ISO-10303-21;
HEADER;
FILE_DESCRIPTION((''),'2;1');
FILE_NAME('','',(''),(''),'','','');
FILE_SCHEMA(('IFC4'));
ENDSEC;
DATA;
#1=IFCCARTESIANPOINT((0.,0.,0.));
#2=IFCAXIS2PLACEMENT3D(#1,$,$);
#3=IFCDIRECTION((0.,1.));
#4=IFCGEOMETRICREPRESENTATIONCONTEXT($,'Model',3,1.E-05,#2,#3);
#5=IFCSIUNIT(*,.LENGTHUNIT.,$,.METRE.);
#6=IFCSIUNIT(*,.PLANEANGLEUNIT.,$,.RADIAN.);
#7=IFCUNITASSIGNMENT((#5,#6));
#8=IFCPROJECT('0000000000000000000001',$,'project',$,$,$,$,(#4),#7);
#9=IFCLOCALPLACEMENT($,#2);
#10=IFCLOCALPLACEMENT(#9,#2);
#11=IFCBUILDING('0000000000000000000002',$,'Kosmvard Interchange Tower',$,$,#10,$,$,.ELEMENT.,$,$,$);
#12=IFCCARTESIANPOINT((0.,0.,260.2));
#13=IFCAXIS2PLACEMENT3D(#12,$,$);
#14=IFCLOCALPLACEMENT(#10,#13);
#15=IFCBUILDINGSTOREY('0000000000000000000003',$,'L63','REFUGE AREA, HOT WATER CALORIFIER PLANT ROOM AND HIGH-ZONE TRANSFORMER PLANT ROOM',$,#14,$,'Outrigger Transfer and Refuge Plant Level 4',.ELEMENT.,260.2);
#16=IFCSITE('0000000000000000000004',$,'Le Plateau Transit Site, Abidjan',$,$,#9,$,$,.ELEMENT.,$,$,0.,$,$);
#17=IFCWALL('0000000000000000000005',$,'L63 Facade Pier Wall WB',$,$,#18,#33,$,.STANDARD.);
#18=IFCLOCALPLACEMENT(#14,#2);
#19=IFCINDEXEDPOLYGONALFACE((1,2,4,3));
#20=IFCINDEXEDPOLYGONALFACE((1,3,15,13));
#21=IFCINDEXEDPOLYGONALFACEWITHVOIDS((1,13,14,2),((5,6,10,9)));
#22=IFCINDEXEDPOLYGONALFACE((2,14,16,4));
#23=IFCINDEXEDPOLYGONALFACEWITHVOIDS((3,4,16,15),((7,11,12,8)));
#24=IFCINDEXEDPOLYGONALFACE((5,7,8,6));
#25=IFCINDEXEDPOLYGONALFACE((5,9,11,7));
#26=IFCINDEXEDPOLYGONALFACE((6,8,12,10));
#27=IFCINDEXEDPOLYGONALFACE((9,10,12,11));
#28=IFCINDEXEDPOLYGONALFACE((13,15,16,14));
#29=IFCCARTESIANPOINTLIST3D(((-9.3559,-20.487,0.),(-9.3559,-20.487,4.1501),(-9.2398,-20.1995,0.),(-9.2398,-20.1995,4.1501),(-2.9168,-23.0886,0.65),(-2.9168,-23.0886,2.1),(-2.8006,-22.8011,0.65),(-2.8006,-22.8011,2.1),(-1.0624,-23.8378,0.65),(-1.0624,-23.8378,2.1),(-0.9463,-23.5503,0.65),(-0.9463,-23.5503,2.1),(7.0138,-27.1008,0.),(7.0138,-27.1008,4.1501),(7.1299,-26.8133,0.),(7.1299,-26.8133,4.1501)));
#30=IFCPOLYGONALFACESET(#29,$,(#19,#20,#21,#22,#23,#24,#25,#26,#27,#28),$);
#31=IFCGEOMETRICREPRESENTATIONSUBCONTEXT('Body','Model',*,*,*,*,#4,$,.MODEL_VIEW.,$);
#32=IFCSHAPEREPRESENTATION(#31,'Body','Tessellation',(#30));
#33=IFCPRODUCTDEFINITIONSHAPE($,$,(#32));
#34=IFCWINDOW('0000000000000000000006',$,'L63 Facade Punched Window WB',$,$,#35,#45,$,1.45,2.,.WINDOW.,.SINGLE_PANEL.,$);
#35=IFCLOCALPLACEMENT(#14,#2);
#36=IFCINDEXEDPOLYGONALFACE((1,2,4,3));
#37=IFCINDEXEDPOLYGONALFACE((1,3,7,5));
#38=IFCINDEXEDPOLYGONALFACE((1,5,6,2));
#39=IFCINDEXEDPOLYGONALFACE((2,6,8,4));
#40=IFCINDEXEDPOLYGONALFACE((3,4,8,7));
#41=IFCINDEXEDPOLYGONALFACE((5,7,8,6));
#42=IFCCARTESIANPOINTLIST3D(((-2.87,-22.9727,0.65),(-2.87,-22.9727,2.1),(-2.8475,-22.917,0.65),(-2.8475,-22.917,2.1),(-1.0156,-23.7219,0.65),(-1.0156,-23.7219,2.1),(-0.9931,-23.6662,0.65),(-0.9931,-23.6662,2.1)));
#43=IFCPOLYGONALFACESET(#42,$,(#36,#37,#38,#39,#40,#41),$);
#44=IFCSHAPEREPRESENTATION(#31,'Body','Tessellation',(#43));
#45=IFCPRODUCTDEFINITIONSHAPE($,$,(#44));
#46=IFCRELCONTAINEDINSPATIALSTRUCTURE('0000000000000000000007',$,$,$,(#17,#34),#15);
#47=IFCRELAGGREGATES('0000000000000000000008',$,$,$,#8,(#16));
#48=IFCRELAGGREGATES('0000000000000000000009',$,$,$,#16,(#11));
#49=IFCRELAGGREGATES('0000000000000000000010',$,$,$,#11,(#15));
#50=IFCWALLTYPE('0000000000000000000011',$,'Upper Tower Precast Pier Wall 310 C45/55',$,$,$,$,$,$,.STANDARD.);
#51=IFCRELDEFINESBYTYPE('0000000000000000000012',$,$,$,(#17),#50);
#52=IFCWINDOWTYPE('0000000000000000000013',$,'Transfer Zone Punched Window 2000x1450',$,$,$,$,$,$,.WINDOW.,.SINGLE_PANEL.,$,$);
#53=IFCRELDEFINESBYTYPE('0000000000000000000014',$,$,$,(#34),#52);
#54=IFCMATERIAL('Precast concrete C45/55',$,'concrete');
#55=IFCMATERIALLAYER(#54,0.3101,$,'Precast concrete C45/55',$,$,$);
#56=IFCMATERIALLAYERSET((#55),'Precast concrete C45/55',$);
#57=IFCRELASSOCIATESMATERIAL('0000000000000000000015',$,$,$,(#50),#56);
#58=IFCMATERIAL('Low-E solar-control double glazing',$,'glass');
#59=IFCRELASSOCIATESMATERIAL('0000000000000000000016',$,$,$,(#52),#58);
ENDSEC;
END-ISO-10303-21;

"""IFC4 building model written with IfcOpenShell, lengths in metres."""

from ifc_helpers import new_model, si_unit, direction, frame, frame_2d, origin, place, context, subcontext, project, spatial, rectangle, extrude, source, transform, mapped, material, layer, layer_set, type_object, element, fill, save


model = new_model("IFC4")

# Units and contexts
model_context = context("Model", 3, precision=1e-05, world=origin(), true_north=direction((0.0, 1.0)))
body_context = subcontext(model_context, "Body", "Model", "MODEL_VIEW")
ifc_project = project(units=[si_unit("LENGTHUNIT", "METRE"), si_unit("PLANEANGLEUNIT", "RADIAN")], contexts=[model_context])

# Site, building, storey
site_placement = place(None, origin())
site = spatial("IfcSite", under=ifc_project, at=site_placement, Name="Le Plateau Transit Site, Abidjan", CompositionType="ELEMENT", RefElevation=0.0)
building_placement = place(site_placement, origin())
building = spatial("IfcBuilding", under=site, at=building_placement, Name="Kosmvard Interchange Tower", CompositionType="ELEMENT")
storey_placement = place(building_placement, frame((0.0, 0.0, 260.2)))
storey = spatial("IfcBuildingStorey", under=building, at=storey_placement, Name="L63", Description="REFUGE AREA, HOT WATER CALORIFIER PLANT ROOM AND HIGH-ZONE TRANSFORMER PLANT ROOM", LongName="Outrigger Transfer and Refuge Plant Level 4", CompositionType="ELEMENT", Elevation=260.2)

# Shared definitions
ifc_material_1 = material(Name="Low-E solar-control double glazing", Category="glass")

# Shared definitions
ifc_material_2 = material(Name="Precast concrete C45/55", Category="concrete")
ifc_layer_1 = layer(ifc_material_2, 0.3101, Name="Precast concrete C45/55")
ifc_layer_set_1 = layer_set([ifc_layer_1], Name="Precast concrete C45/55")
wall_type = type_object("IfcWallType", Name="Upper Tower Precast Pier Wall 310 C45/55", PredefinedType="STANDARD", material=ifc_layer_set_1)

# Wall, opening, window
wall_1_placement = place(storey_placement, frame((-9.2979, -20.3433, 0.0), z_axis=(0.0, 0.0, 1.0), x_axis=(0.927184, -0.374607, 0.0)))
wall_1 = element("IfcWall", 1, at=wall_1_placement, inside=storey, type_object=wall_type, Name="L63 Facade Pier Wall WB", PredefinedType="STANDARD", context=body_context, shape_type="SweptSolid", body=[
    extrude(rectangle(XDim=17.6553, YDim=0.3101, at=frame_2d((8.8276, 0.0))), origin(), (0.0, 0.0, 1.0), 4.1501),
])
opening_placement = place(wall_1_placement, frame((6.9448, 0.0, 0.6499)))
opening = element("IfcOpeningElement", 2, at=opening_placement, cuts=wall_1, PredefinedType="OPENING", context=body_context, shape_type="SweptSolid", body=[
    extrude(rectangle(XDim=2.0, YDim=1.45, at=frame_2d((1.0, 0.7251))), frame((0.0, 0.165, 0.0), z_axis=(0.0, -1.0, 0.0), x_axis=(1.0, 0.0, 0.0)), (0.0, 0.0, 1.0), 0.3301),
])
window_type = type_object("IfcWindowType", Name="Transfer Zone Punched Window 2000x1450", PartitioningType="SINGLE_PANEL", PredefinedType="WINDOW", material=ifc_material_1)
shared_shape_1 = source(origin(), body_context, "Body", "SweptSolid", [
    extrude(rectangle(XDim=2.0, YDim=1.45, at=frame_2d((1.0, 0.7251))), frame((0.0, 0.03, 0.0), z_axis=(0.0, -1.0, 0.0), x_axis=(1.0, 0.0, 0.0)), (0.0, 0.0, 1.0), 0.0601),
])
window_placement = place(opening_placement, origin())
window = element("IfcWindow", 3, at=window_placement, inside=storey, type_object=window_type, Name="L63 Facade Punched Window WB", OverallHeight=1.45, OverallWidth=2.0, PartitioningType="SINGLE_PANEL", PredefinedType="WINDOW", context=body_context, shape_type="MappedRepresentation", body=[
    mapped(shared_shape_1, transform((0.0, 0.0, 0.0), scale=1.0)),
])
fill(opening, window)

save(model, "model.ifc")
